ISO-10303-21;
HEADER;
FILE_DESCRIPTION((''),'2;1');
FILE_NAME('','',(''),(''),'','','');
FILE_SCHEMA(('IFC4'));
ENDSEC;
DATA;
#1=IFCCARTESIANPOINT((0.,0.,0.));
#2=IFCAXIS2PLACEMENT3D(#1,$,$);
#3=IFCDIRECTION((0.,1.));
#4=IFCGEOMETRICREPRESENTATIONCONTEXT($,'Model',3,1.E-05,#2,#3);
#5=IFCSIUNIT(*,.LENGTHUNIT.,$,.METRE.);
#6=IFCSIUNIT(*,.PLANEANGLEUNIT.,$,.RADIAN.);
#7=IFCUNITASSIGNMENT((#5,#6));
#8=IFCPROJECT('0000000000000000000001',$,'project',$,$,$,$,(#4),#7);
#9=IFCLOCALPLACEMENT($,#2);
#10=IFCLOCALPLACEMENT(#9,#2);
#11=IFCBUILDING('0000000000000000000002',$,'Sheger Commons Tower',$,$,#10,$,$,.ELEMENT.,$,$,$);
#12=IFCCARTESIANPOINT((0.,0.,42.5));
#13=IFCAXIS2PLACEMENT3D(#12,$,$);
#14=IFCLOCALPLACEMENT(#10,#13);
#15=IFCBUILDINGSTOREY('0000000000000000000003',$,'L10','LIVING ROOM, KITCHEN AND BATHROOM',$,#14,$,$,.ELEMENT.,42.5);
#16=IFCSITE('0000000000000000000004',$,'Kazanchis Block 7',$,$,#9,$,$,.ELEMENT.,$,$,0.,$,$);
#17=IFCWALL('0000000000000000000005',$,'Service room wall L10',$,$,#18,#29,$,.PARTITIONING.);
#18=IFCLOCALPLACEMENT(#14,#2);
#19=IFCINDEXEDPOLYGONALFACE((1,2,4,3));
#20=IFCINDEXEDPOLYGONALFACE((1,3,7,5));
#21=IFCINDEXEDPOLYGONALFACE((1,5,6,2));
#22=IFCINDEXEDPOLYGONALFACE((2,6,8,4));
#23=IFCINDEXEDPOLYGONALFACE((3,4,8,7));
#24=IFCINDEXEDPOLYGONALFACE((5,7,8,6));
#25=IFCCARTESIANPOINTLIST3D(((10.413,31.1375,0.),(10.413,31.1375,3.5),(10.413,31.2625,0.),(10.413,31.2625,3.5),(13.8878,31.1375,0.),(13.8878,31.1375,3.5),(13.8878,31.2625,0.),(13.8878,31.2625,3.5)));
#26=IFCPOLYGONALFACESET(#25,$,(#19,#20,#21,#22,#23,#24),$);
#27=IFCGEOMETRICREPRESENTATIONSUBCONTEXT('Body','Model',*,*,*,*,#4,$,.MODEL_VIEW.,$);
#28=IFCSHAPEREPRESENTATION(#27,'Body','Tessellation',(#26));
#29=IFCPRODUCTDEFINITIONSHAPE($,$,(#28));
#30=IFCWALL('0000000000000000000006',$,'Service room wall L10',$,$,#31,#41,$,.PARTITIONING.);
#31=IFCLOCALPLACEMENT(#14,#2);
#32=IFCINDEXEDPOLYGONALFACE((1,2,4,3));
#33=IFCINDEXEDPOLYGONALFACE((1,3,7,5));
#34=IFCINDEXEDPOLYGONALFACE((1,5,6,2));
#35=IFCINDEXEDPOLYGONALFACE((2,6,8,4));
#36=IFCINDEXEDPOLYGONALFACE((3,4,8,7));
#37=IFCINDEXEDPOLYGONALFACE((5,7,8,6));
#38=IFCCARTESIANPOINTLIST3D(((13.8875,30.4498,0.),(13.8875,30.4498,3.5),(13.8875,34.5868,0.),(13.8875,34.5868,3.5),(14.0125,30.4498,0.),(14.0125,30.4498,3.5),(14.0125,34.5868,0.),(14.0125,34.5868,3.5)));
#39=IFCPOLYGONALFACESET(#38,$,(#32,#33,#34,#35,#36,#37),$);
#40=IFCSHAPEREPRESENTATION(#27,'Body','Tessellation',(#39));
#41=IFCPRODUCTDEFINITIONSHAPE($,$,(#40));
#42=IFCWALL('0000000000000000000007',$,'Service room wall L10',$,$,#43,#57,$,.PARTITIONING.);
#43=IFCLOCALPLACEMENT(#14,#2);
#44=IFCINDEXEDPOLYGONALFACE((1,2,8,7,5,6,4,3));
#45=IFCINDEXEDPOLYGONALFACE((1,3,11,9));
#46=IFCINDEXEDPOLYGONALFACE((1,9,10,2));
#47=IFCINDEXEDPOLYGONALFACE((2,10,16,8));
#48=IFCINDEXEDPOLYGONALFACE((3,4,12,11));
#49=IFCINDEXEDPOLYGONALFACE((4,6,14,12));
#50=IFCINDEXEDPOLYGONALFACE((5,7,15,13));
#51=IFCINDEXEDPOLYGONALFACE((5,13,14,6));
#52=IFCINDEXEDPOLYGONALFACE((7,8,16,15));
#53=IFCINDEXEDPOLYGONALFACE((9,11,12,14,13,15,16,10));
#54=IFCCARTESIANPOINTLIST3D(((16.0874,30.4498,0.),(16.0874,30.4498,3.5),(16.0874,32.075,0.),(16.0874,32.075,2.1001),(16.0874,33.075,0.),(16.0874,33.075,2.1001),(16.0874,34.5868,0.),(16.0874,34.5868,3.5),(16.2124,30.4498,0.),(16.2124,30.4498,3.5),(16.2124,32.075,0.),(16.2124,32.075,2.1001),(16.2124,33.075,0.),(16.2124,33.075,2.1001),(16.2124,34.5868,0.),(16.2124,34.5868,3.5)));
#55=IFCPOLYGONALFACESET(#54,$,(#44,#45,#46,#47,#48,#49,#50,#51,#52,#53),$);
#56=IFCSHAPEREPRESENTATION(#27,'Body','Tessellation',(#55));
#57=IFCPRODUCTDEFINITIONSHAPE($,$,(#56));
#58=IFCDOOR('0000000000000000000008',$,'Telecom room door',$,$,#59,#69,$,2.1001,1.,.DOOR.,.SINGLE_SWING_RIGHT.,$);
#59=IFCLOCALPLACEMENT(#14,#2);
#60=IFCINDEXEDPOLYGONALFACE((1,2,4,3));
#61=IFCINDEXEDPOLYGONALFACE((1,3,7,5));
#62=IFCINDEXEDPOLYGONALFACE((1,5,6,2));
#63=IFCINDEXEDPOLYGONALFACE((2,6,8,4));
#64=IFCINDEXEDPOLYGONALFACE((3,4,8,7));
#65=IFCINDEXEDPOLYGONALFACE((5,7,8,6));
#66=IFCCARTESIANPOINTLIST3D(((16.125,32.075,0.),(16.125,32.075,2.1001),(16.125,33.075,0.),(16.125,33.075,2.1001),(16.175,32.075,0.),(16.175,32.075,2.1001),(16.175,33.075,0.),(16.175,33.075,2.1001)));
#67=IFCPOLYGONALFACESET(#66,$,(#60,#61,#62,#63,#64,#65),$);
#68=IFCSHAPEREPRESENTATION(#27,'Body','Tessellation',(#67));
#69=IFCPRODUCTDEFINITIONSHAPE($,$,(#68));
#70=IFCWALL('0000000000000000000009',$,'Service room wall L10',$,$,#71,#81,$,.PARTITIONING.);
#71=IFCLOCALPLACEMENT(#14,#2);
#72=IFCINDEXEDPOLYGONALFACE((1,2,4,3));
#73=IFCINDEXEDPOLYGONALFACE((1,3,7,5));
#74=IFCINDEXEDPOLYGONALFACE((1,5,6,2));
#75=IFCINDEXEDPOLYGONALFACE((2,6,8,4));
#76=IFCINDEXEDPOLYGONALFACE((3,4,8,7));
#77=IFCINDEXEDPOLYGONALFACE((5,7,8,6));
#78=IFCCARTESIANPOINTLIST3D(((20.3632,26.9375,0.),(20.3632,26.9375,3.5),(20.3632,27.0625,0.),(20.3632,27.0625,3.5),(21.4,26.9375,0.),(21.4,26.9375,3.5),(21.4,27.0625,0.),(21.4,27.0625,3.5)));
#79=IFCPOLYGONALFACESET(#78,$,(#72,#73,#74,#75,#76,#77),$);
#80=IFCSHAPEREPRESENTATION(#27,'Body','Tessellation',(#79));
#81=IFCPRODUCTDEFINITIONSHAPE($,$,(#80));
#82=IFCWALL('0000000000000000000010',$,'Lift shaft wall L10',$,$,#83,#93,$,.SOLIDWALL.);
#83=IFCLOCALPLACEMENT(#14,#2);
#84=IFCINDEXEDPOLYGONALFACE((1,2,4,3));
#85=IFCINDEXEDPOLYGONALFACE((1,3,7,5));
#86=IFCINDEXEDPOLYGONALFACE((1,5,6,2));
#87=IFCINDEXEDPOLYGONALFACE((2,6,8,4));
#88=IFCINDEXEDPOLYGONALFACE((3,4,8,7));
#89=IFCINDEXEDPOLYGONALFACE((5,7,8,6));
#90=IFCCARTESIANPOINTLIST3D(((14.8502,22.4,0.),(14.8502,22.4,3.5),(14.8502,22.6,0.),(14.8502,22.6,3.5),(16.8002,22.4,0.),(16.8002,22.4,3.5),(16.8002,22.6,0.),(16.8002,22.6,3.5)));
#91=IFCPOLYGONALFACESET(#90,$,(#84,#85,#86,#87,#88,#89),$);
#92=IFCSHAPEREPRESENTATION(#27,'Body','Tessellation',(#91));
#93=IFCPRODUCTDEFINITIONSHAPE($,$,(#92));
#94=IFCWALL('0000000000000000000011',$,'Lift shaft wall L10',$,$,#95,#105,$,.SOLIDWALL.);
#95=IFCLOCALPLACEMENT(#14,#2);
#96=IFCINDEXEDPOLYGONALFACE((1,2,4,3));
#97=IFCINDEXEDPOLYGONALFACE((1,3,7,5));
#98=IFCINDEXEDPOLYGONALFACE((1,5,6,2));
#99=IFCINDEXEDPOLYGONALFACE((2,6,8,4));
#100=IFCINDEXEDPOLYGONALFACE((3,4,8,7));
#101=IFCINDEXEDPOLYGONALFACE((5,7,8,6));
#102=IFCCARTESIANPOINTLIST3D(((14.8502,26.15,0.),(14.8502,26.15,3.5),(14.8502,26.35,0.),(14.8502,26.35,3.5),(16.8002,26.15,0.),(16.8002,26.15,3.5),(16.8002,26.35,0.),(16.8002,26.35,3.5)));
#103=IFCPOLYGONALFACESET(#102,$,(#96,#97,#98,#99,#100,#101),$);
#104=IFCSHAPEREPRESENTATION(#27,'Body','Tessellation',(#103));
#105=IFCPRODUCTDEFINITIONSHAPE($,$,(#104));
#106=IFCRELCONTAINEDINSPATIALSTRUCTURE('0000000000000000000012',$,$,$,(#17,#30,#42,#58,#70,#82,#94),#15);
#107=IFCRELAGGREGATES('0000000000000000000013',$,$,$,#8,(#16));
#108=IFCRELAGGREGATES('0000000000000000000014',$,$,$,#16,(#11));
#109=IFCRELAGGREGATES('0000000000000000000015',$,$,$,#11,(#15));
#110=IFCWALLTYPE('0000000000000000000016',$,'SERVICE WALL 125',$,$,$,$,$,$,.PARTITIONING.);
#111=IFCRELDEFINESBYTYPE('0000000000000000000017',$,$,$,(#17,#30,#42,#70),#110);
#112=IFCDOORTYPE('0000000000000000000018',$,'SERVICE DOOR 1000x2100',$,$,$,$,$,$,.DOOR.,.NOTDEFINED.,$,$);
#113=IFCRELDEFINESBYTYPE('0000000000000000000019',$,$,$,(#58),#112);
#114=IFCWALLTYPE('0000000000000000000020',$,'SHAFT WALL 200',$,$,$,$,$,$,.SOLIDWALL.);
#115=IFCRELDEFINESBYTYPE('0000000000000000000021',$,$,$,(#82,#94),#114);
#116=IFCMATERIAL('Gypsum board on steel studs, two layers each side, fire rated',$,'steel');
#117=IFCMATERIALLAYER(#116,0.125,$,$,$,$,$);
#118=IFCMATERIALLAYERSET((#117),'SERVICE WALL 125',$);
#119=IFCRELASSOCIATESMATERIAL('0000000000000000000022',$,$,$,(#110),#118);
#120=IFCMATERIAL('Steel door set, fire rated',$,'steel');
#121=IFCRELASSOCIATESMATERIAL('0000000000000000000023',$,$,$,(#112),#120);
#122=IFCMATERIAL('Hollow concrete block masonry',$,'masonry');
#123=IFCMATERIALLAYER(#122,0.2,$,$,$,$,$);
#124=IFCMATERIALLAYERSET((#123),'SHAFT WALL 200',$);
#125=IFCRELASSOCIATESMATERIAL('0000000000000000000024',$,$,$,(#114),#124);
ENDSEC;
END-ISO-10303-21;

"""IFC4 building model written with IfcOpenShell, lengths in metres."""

from ifc_helpers import new_model, si_unit, direction, frame, frame_2d, origin, place, context, subcontext, project, spatial, rectangle, extrude, material, layer, layer_set, type_object, element, fill, save


model = new_model("IFC4")

# Units and contexts
model_context = context("Model", 3, precision=1e-05, world=origin(), true_north=direction((0.0, 1.0)))
body_context = subcontext(model_context, "Body", "Model", "MODEL_VIEW")
ifc_project = project(units=[si_unit("LENGTHUNIT", "METRE"), si_unit("PLANEANGLEUNIT", "RADIAN")], contexts=[model_context])

# Site, building, storey
site_placement = place(None, origin())
site = spatial("IfcSite", under=ifc_project, at=site_placement, Name="Kazanchis Block 7", CompositionType="ELEMENT", RefElevation=0.0)
building_placement = place(site_placement, origin())
building = spatial("IfcBuilding", under=site, at=building_placement, Name="Sheger Commons Tower", CompositionType="ELEMENT")
storey_placement = place(building_placement, frame((0.0, 0.0, 42.5)))
storey = spatial("IfcBuildingStorey", under=building, at=storey_placement, Name="L10", Description="LIVING ROOM, KITCHEN AND BATHROOM", CompositionType="ELEMENT", Elevation=42.5)

# Shared definitions
ifc_material_1 = material(Name="Gypsum board on steel studs, two layers each side, fire rated", Category="steel")
ifc_layer_1 = layer(ifc_material_1, 0.125)
ifc_layer_set_1 = layer_set([ifc_layer_1], Name="SERVICE WALL 125")
wall_type_1 = type_object("IfcWallType", Name="SERVICE WALL 125", PredefinedType="PARTITIONING", material=ifc_layer_set_1)
ifc_material_2 = material(Name="Steel door set, fire rated", Category="steel")
door_type_1 = type_object("IfcDoorType", Name="SERVICE DOOR 1000x2100", OperationType="NOTDEFINED", PredefinedType="DOOR", material=ifc_material_2)

# Walls
wall_1_placement = place(storey_placement, frame((10.4131, 31.2, 0.0), z_axis=(0.0, 0.0, 1.0), x_axis=(1.0, 0.0, 0.0)))
element("IfcWall", 1, at=wall_1_placement, inside=storey, type_object=wall_type_1, Name="Service room wall L10", PredefinedType="PARTITIONING", context=body_context, shape_type="SweptSolid", body=[
    extrude(rectangle(XDim=3.4749, YDim=0.125, at=frame_2d((1.7373, 0.0))), origin(), (0.0, 0.0, 1.0), 3.5),
])
wall_2_placement = place(storey_placement, frame((13.95, 30.45, 0.0), z_axis=(0.0, 0.0, 1.0), x_axis=(0.0, 1.0, 0.0)))
element("IfcWall", 2, at=wall_2_placement, inside=storey, type_object=wall_type_1, Name="Service room wall L10", PredefinedType="PARTITIONING", context=body_context, shape_type="SweptSolid", body=[
    extrude(rectangle(XDim=4.137, YDim=0.125, at=frame_2d((2.0684, 0.0))), origin(), (0.0, 0.0, 1.0), 3.5),
])

# Wall, opening, door
wall_3_placement = place(storey_placement, frame((16.1499, 30.45, 0.0), z_axis=(0.0, 0.0, 1.0), x_axis=(0.0, 1.0, 0.0)))
wall_3 = element("IfcWall", 3, at=wall_3_placement, inside=storey, type_object=wall_type_1, Name="Service room wall L10", PredefinedType="PARTITIONING", context=body_context, shape_type="SweptSolid", body=[
    extrude(rectangle(XDim=4.137, YDim=0.125, at=frame_2d((2.0684, 0.0))), origin(), (0.0, 0.0, 1.0), 3.5),
])
opening_1_placement = place(wall_3_placement, frame((1.625, 0.0, 0.0)))
opening_1 = element("IfcOpeningElement", 4, at=opening_1_placement, cuts=wall_3, PredefinedType="OPENING", context=body_context, shape_type="SweptSolid", body=[
    extrude(rectangle(XDim=1.0, YDim=2.1001, at=frame_2d((0.5, 1.05))), frame((0.0, 0.0725, 0.0), z_axis=(0.0, -1.0, 0.0), x_axis=(1.0, 0.0, 0.0)), (0.0, 0.0, 1.0), 0.145),
])
door_1_placement = place(opening_1_placement, origin())
door_1 = element("IfcDoor", 5, at=door_1_placement, inside=storey, type_object=door_type_1, Name="Telecom room door", OperationType="SINGLE_SWING_RIGHT", OverallHeight=2.1001, OverallWidth=1.0, PredefinedType="DOOR", context=body_context, shape_type="SweptSolid", body=[
    extrude(rectangle(XDim=1.0, YDim=2.1001, at=frame_2d((0.5, 1.05))), frame((0.0, 0.0249, 0.0), z_axis=(0.0, -1.0, 0.0), x_axis=(1.0, 0.0, 0.0)), (0.0, 0.0, 1.0), 0.05),
])
fill(opening_1, door_1)

# Walls
wall_4_placement = place(storey_placement, frame((20.363, 27.0, 0.0), z_axis=(0.0, 0.0, 1.0), x_axis=(1.0, 0.0, 0.0)))
element("IfcWall", 6, at=wall_4_placement, inside=storey, type_object=wall_type_1, Name="Service room wall L10", PredefinedType="PARTITIONING", context=body_context, shape_type="SweptSolid", body=[
    extrude(rectangle(XDim=1.0369, YDim=0.125, at=frame_2d((0.5186, 0.0))), origin(), (0.0, 0.0, 1.0), 3.5),
])
ifc_material_3 = material(Name="Hollow concrete block masonry", Category="masonry")
ifc_layer_2 = layer(ifc_material_3, 0.2)
ifc_layer_set_2 = layer_set([ifc_layer_2], Name="SHAFT WALL 200")
wall_type_2 = type_object("IfcWallType", Name="SHAFT WALL 200", PredefinedType="SOLIDWALL", material=ifc_layer_set_2)
for number, where, z_axis, x_axis, name in (
    (7, (14.8501, 22.5, 0.0), (0.0, 0.0, 1.0), (1.0, 0.0, 0.0), "Lift shaft wall L10"),
    (8, (14.8501, 26.25, 0.0), (0.0, 0.0, 1.0), (1.0, 0.0, 0.0), "Lift shaft wall L10"),
):
    element("IfcWall", number, at=place(storey_placement, frame(where, z_axis=z_axis, x_axis=x_axis)), inside=storey, type_object=wall_type_2, Name=name, PredefinedType="SOLIDWALL", context=body_context, shape_type="SweptSolid", body=[
        extrude(rectangle(XDim=1.95, YDim=0.2, at=frame_2d((0.9751, 0.0))), origin(), (0.0, 0.0, 1.0), 3.5),
    ])

save(model, "model.ifc")
